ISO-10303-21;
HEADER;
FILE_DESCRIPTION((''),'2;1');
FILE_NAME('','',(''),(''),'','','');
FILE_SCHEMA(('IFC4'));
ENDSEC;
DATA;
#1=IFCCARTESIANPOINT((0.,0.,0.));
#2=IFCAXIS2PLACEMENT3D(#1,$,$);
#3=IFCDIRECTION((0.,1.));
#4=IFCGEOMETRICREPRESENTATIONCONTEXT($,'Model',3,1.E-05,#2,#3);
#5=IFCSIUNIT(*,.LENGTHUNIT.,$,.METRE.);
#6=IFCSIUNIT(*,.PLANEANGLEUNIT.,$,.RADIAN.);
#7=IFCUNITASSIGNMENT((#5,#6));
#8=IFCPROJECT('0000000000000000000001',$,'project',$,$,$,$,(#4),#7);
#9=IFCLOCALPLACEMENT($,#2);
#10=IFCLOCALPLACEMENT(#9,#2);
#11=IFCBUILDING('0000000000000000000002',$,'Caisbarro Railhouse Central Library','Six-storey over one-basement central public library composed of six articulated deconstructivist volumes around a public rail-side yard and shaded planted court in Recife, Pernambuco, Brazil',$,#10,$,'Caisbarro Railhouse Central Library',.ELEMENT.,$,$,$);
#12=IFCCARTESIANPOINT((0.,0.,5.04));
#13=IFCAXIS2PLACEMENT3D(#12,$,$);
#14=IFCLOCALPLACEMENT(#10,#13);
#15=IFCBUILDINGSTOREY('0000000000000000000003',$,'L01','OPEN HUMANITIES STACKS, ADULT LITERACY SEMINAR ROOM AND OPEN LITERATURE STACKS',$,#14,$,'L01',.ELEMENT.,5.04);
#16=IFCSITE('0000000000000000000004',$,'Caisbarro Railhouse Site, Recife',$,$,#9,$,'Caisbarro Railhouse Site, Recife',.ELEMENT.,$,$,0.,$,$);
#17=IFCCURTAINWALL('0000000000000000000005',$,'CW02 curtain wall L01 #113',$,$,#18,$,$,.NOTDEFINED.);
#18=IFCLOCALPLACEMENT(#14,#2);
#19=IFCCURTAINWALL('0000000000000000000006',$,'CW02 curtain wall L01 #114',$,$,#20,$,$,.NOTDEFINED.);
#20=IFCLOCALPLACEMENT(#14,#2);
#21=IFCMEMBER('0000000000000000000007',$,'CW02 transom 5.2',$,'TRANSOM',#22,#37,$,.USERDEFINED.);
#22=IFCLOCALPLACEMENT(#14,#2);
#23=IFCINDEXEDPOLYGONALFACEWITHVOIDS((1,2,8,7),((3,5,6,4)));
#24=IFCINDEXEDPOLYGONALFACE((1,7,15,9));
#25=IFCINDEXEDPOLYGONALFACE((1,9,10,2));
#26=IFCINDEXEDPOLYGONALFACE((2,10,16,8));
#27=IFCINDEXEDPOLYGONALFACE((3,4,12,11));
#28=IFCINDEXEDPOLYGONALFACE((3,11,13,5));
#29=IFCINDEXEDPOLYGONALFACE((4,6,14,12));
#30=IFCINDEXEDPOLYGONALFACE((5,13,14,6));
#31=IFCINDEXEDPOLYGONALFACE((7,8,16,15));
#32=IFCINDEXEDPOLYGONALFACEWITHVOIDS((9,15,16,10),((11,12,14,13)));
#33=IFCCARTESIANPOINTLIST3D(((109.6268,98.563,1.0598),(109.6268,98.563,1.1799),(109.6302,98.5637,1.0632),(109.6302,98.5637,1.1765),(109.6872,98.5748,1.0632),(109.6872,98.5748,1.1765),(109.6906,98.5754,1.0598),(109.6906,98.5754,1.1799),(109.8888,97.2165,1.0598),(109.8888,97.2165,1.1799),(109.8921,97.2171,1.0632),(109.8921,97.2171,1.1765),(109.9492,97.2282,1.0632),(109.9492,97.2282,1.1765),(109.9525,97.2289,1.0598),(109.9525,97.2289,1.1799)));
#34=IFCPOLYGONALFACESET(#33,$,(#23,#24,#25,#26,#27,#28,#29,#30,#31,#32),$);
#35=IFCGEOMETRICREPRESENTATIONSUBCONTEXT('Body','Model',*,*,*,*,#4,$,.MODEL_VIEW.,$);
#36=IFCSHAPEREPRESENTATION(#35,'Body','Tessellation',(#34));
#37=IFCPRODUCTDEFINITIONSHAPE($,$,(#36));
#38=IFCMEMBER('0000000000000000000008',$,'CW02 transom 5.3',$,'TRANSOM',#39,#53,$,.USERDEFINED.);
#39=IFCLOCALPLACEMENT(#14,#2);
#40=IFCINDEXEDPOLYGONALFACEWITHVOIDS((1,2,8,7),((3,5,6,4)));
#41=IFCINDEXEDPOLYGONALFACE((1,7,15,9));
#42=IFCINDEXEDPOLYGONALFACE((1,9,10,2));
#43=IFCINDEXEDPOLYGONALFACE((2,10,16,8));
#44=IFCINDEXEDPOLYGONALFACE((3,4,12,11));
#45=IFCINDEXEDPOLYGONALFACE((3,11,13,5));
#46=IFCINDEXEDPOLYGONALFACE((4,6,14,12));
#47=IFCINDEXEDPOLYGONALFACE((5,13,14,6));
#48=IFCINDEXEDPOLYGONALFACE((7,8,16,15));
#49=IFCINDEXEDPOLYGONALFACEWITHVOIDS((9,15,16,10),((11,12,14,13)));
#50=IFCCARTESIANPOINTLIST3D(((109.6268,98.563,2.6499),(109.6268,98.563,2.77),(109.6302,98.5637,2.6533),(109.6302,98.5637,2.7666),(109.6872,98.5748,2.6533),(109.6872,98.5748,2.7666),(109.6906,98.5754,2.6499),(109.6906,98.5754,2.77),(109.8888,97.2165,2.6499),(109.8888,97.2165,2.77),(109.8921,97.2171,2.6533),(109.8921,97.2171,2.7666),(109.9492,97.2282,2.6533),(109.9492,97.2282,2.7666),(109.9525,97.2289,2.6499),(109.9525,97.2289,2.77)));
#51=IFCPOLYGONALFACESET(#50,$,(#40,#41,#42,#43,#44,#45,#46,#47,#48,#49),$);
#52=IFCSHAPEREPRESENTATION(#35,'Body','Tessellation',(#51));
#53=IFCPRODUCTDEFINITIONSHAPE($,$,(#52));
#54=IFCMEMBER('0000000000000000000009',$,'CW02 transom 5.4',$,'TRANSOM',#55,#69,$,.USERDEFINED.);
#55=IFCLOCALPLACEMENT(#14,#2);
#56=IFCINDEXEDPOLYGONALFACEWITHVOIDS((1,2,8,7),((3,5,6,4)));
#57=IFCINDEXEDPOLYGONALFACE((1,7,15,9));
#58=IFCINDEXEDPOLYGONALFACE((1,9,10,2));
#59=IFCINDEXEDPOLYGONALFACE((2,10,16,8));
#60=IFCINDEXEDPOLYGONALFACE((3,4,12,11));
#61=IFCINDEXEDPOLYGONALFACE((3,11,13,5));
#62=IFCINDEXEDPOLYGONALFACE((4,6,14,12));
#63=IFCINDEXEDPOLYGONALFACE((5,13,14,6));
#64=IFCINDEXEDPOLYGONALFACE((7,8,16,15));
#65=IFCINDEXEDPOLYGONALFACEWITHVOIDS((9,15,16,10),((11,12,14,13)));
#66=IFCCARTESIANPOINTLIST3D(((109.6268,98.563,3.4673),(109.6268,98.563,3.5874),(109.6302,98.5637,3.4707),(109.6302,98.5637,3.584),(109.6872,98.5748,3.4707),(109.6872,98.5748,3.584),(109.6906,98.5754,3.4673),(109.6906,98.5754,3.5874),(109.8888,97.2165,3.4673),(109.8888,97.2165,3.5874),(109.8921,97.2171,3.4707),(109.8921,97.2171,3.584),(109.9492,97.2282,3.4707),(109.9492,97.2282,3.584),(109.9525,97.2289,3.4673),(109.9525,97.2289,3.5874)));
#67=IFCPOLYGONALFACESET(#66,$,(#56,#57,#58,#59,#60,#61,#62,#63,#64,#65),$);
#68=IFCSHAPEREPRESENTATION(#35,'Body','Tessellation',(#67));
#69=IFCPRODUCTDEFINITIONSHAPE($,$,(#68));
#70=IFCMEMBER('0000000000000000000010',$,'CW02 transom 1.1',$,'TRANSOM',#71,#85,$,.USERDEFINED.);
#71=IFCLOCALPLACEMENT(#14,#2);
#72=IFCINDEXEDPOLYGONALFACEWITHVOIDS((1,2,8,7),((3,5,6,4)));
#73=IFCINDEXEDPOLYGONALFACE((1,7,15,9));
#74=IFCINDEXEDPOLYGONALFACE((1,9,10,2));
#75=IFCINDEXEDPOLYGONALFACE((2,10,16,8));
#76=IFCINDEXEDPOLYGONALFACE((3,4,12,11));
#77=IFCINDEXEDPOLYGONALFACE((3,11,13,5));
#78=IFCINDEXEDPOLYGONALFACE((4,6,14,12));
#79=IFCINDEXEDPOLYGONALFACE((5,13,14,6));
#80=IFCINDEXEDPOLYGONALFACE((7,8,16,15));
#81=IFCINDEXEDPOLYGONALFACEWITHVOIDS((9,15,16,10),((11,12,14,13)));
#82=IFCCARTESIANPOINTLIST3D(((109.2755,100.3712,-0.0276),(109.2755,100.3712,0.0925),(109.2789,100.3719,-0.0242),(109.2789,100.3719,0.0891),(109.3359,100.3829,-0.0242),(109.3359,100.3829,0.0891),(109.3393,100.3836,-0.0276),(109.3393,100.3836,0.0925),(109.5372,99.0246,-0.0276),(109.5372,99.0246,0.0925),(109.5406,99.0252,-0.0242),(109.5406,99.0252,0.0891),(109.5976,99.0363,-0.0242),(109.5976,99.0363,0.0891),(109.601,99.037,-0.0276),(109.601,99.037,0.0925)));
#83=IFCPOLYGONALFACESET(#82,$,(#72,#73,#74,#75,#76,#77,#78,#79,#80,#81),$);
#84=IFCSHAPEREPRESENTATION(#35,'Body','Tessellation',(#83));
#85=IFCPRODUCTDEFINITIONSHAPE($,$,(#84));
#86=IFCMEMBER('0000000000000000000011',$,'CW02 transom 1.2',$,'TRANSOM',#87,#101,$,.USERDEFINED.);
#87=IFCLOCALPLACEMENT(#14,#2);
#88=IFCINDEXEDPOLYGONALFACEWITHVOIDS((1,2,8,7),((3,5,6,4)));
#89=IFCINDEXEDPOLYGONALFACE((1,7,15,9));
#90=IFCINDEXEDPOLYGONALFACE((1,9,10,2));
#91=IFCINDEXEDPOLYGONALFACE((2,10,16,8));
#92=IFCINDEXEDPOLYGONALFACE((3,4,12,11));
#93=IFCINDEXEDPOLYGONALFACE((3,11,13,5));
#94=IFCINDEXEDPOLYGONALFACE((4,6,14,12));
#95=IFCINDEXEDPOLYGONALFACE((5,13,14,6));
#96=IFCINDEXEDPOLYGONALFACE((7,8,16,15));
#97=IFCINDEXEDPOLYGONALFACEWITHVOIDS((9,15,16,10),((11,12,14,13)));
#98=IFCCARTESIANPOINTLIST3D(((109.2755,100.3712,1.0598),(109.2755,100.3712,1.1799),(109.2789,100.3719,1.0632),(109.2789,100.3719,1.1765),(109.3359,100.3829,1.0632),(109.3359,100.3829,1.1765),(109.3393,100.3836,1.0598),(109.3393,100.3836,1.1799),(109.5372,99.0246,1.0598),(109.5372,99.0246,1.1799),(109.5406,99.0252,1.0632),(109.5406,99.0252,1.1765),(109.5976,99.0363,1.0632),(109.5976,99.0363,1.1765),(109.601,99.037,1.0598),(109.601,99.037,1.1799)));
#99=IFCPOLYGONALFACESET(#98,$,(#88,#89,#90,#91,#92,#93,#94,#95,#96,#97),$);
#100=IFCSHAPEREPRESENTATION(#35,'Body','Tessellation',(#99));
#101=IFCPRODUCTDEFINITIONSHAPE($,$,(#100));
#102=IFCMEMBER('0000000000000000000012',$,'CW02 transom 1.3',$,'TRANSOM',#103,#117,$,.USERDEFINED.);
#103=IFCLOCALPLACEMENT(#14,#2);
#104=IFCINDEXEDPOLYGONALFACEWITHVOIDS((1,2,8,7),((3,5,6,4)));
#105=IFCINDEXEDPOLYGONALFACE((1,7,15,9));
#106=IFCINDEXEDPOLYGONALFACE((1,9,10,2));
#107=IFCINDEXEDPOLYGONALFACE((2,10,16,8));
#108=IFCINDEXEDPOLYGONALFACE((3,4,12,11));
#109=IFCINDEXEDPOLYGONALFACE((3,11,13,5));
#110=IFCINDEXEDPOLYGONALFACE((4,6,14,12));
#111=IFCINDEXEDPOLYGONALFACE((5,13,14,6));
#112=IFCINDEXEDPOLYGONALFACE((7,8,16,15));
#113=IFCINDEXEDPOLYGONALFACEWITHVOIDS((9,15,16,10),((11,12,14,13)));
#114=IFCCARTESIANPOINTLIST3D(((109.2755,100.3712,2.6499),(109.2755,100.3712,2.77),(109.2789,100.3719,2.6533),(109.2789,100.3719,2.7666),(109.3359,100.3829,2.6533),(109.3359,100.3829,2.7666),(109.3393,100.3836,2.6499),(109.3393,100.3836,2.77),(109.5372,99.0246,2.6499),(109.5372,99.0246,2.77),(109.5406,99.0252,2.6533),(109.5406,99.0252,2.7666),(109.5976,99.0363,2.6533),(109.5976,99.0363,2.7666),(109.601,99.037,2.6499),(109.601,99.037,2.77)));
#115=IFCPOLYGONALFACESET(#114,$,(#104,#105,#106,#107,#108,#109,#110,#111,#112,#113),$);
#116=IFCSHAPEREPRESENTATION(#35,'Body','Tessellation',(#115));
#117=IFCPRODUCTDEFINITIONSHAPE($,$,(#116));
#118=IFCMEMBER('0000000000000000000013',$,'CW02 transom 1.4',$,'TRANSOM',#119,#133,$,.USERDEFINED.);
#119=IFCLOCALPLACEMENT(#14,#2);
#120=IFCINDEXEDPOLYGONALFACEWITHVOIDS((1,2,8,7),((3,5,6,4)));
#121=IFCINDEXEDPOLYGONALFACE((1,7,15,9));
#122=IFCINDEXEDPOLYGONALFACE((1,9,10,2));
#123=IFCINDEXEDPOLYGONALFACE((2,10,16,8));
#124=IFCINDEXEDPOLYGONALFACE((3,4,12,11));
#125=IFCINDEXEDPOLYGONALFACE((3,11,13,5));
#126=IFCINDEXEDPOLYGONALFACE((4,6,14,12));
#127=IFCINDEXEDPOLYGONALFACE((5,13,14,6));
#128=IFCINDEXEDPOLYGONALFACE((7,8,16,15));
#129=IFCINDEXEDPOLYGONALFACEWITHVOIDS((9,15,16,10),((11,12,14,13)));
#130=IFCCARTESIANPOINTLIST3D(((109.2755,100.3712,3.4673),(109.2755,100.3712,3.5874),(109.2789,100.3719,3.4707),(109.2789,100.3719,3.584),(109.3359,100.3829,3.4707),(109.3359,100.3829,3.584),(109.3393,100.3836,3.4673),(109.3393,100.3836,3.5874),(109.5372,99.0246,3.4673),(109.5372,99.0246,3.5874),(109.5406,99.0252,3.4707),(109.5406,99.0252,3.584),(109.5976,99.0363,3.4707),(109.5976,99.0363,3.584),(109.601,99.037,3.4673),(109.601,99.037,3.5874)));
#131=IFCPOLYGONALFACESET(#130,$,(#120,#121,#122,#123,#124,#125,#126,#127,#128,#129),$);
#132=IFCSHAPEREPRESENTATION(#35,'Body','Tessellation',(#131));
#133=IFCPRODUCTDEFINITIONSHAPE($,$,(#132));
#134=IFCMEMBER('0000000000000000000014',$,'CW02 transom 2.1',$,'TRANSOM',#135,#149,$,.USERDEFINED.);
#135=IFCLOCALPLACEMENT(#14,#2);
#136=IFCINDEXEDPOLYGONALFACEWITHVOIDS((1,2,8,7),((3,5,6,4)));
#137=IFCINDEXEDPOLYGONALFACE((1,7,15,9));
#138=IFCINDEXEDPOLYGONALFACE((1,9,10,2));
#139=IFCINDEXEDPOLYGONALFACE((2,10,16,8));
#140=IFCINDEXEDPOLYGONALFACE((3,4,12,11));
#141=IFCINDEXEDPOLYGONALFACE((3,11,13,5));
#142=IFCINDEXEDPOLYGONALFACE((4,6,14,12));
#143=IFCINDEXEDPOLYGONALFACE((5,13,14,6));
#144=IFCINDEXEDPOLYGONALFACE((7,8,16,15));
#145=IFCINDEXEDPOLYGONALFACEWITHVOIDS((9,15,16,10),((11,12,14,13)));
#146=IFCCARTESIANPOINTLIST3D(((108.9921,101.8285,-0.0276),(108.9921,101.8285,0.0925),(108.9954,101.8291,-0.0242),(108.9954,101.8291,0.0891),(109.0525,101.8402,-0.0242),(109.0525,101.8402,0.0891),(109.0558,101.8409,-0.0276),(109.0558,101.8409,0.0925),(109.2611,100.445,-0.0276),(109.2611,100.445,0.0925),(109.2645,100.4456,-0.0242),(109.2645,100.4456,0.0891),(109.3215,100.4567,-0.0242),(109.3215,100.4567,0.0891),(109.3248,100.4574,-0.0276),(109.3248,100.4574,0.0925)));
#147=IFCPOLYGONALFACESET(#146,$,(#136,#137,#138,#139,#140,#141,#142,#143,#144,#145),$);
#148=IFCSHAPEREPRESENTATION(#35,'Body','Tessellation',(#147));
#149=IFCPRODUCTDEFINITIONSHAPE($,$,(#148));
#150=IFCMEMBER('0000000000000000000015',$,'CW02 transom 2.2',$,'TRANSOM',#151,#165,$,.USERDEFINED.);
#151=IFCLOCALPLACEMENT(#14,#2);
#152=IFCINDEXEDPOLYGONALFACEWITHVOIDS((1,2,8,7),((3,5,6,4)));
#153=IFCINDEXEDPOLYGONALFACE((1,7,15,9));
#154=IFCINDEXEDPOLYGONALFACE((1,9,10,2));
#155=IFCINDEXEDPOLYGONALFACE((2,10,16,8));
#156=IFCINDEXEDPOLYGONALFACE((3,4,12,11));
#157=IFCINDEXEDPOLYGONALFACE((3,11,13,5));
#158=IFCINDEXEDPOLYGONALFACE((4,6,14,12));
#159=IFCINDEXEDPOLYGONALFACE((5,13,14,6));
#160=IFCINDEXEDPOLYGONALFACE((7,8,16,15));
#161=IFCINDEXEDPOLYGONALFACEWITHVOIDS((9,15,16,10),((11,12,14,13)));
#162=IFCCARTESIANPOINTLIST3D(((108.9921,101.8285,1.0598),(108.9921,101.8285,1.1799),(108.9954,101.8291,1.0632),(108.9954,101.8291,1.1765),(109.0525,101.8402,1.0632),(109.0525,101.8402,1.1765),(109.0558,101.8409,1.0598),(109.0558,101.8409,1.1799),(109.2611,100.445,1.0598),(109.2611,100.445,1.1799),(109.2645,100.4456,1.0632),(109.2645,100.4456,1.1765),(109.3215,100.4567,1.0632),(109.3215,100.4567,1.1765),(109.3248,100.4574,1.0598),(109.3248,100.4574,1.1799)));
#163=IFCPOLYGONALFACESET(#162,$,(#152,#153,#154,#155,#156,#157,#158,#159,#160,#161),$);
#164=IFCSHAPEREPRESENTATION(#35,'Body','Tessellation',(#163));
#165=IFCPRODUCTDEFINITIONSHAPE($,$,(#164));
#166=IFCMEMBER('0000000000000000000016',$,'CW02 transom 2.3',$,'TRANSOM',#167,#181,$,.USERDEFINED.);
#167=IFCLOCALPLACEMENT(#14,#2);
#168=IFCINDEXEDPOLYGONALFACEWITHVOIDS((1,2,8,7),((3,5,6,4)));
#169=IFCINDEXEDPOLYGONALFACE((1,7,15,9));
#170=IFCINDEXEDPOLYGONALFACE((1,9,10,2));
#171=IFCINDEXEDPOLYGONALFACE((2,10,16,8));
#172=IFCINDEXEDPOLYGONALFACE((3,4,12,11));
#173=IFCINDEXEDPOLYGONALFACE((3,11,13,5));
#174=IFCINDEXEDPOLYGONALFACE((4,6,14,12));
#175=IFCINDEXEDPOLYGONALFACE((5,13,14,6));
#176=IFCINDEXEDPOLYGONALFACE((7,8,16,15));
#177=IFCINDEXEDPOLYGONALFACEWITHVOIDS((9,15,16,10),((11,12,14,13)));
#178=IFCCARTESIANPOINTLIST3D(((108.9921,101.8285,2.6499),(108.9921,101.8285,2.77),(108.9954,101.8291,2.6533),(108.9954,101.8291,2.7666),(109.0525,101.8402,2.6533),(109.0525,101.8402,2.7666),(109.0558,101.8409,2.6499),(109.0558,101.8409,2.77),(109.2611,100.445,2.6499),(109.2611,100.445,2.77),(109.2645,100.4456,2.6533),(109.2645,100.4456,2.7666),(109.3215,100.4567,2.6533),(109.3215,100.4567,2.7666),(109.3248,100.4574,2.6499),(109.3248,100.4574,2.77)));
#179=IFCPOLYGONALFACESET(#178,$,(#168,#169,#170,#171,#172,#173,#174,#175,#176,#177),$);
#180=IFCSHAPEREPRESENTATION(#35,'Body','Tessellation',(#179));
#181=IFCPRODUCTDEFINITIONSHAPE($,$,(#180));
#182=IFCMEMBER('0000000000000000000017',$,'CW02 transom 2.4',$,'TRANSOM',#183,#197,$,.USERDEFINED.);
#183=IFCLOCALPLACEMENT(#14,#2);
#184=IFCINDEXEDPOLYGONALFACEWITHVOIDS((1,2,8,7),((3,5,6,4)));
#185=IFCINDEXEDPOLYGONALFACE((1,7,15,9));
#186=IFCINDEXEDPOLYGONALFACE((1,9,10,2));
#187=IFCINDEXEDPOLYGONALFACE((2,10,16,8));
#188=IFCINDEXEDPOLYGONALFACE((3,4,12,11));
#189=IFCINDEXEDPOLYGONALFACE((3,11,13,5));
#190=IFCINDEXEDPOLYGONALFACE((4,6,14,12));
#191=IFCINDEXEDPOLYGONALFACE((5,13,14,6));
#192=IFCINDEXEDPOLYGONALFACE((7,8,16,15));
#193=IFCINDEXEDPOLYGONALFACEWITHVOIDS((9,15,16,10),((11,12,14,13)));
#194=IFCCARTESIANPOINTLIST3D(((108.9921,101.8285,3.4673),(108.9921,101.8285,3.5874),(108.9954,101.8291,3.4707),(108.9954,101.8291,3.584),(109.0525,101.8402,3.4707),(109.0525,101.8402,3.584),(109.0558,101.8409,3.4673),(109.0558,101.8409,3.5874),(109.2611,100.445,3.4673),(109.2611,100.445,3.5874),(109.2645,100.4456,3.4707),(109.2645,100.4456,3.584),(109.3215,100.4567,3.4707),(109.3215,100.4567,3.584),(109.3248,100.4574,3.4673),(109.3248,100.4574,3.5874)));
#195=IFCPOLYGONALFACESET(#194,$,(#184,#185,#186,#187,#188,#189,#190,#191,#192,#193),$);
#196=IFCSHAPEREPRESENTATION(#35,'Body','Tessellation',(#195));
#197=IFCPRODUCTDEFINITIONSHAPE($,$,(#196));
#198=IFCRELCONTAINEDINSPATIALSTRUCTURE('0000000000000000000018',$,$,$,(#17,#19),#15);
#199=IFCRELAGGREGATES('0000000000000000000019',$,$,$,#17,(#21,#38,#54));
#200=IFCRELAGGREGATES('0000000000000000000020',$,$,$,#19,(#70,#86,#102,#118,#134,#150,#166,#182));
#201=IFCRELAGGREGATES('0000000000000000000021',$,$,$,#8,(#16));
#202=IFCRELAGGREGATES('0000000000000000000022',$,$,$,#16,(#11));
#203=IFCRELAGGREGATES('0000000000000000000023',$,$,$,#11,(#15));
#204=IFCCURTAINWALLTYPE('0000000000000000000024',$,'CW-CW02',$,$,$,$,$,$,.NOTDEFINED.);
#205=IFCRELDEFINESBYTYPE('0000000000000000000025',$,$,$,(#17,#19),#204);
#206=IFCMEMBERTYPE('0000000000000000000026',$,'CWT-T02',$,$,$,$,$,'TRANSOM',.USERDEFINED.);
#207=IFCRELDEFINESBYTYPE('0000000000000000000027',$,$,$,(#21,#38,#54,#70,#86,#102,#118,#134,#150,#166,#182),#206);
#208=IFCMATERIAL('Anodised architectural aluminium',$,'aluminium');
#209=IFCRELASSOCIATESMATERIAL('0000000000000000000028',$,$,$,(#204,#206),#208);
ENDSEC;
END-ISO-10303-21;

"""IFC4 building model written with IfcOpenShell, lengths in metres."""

from ifc_helpers import new_model, si_unit, direction, frame, origin, origin_2d, place, context, subcontext, project, spatial, hollow_rectangle, extrude, material, material_profile, profile_set, type_object, element, aggregate, save


model = new_model("IFC4")

# Units and contexts
model_context = context("Model", 3, precision=1e-05, world=origin(), true_north=direction((0.0, 1.0)))
body_context = subcontext(model_context, "Body", "Model", "MODEL_VIEW")
ifc_project = project(units=[si_unit("LENGTHUNIT", "METRE"), si_unit("PLANEANGLEUNIT", "RADIAN")], contexts=[model_context])

# Site, building, storey
site_placement = place(None, origin())
site = spatial("IfcSite", under=ifc_project, at=site_placement, Name="Caisbarro Railhouse Site, Recife", LongName="Caisbarro Railhouse Site, Recife", CompositionType="ELEMENT", RefElevation=0.0)
building_placement = place(site_placement, origin())
building = spatial("IfcBuilding", under=site, at=building_placement, Name="Caisbarro Railhouse Central Library", Description="Six-storey over one-basement central public library composed of six articulated deconstructivist volumes around a public rail-side yard and shaded planted court in Recife, Pernambuco, Brazil", LongName="Caisbarro Railhouse Central Library", CompositionType="ELEMENT")
storey_placement = place(building_placement, frame((0.0, 0.0, 5.04)))
storey = spatial("IfcBuildingStorey", under=building, at=storey_placement, Name="L01", Description="OPEN HUMANITIES STACKS, ADULT LITERACY SEMINAR ROOM AND OPEN LITERATURE STACKS", LongName="L01", CompositionType="ELEMENT", Elevation=5.04)

# Curtain walls
ifc_material_1 = material(Name="Anodised architectural aluminium", Category="aluminium")
curtain_wall_type = type_object("IfcCurtainWallType", Name="CW-CW02", PredefinedType="NOTDEFINED", material=ifc_material_1)
curtain_wall_1_placement = place(storey_placement, origin())
curtain_wall_1 = element("IfcCurtainWall", 1, at=curtain_wall_1_placement, inside=storey, type_object=curtain_wall_type, Name="CW02 curtain wall L01 #113", PredefinedType="NOTDEFINED")
curtain_wall_2_placement = place(storey_placement, origin())
curtain_wall_2 = element("IfcCurtainWall", 2, at=curtain_wall_2_placement, inside=storey, type_object=curtain_wall_type, Name="CW02 curtain wall L01 #114", PredefinedType="NOTDEFINED")

# Members
ifc_material_profile_1 = material_profile(ifc_material_1, hollow_rectangle(XDim=0.0649, YDim=0.1201, WallThickness=0.0034, at=origin_2d()), Name="ALU-TRN-65X120")
ifc_profile_set_1 = profile_set([ifc_material_profile_1], Name="Anodised architectural aluminium")
member_type_1 = type_object("IfcMemberType", Name="CWT-T02", ElementType="TRANSOM", PredefinedType="USERDEFINED", material=ifc_profile_set_1)
member_1_placement = place(storey_placement, frame((109.9207, 97.2227, 1.1199), z_axis=(-0.190946, 0.981601, 0.0), x_axis=(-0.981601, -0.190946, 0.0)))
member_1 = element("IfcMember", 3, at=member_1_placement, type_object=member_type_1, Name="CW02 transom 5.2", ObjectType="TRANSOM", PredefinedType="USERDEFINED", context=body_context, shape_type="SweptSolid", body=[
    extrude(hollow_rectangle(XDim=0.0649, YDim=0.1201, WallThickness=0.0034, at=origin_2d()), origin(), (0.0, 0.0, 1.0), 1.3718),
])
member_2_placement = place(storey_placement, frame((109.9207, 97.2227, 2.71), z_axis=(-0.190946, 0.981601, 0.0), x_axis=(-0.981601, -0.190946, 0.0)))
member_2 = element("IfcMember", 4, at=member_2_placement, type_object=member_type_1, Name="CW02 transom 5.3", ObjectType="TRANSOM", PredefinedType="USERDEFINED", context=body_context, shape_type="SweptSolid", body=[
    extrude(hollow_rectangle(XDim=0.0649, YDim=0.1201, WallThickness=0.0034, at=origin_2d()), origin(), (0.0, 0.0, 1.0), 1.3718),
])
member_3_placement = place(storey_placement, frame((109.9207, 97.2227, 3.5273), z_axis=(-0.190946, 0.981601, 0.0), x_axis=(-0.981601, -0.190946, 0.0)))
member_3 = element("IfcMember", 5, at=member_3_placement, type_object=member_type_1, Name="CW02 transom 5.4", ObjectType="TRANSOM", PredefinedType="USERDEFINED", context=body_context, shape_type="SweptSolid", body=[
    extrude(hollow_rectangle(XDim=0.0649, YDim=0.1201, WallThickness=0.0034, at=origin_2d()), origin(), (0.0, 0.0, 1.0), 1.3718),
])
member_4_placement = place(storey_placement, frame((109.5691, 99.0308, 0.0325), z_axis=(-0.190774, 0.981634, 0.0), x_axis=(-0.981634, -0.190774, 0.0)))
member_4 = element("IfcMember", 6, at=member_4_placement, type_object=member_type_1, Name="CW02 transom 1.1", ObjectType="TRANSOM", PredefinedType="USERDEFINED", context=body_context, shape_type="SweptSolid", body=[
    extrude(hollow_rectangle(XDim=0.0649, YDim=0.1201, WallThickness=0.0034, at=origin_2d()), origin(), (0.0, 0.0, 1.0), 1.3718),
])
member_5_placement = place(storey_placement, frame((109.5691, 99.0308, 1.1199), z_axis=(-0.190774, 0.981634, 0.0), x_axis=(-0.981634, -0.190774, 0.0)))
member_5 = element("IfcMember", 7, at=member_5_placement, type_object=member_type_1, Name="CW02 transom 1.2", ObjectType="TRANSOM", PredefinedType="USERDEFINED", context=body_context, shape_type="SweptSolid", body=[
    extrude(hollow_rectangle(XDim=0.0649, YDim=0.1201, WallThickness=0.0034, at=origin_2d()), origin(), (0.0, 0.0, 1.0), 1.3718),
])
member_6_placement = place(storey_placement, frame((109.5691, 99.0308, 2.71), z_axis=(-0.190774, 0.981634, 0.0), x_axis=(-0.981634, -0.190774, 0.0)))
member_6 = element("IfcMember", 8, at=member_6_placement, type_object=member_type_1, Name="CW02 transom 1.3", ObjectType="TRANSOM", PredefinedType="USERDEFINED", context=body_context, shape_type="SweptSolid", body=[
    extrude(hollow_rectangle(XDim=0.0649, YDim=0.1201, WallThickness=0.0034, at=origin_2d()), origin(), (0.0, 0.0, 1.0), 1.3718),
])
member_7_placement = place(storey_placement, frame((109.5691, 99.0308, 3.5273), z_axis=(-0.190774, 0.981634, 0.0), x_axis=(-0.981634, -0.190774, 0.0)))
member_7 = element("IfcMember", 9, at=member_7_placement, type_object=member_type_1, Name="CW02 transom 1.4", ObjectType="TRANSOM", PredefinedType="USERDEFINED", context=body_context, shape_type="SweptSolid", body=[
    extrude(hollow_rectangle(XDim=0.0649, YDim=0.1201, WallThickness=0.0034, at=origin_2d()), origin(), (0.0, 0.0, 1.0), 1.3718),
])
member_8_placement = place(storey_placement, frame((109.293, 100.4512, 0.0325), z_axis=(-0.190884, 0.981613, 0.0), x_axis=(-0.981613, -0.190884, 0.0)))
member_8 = element("IfcMember", 10, at=member_8_placement, type_object=member_type_1, Name="CW02 transom 2.1", ObjectType="TRANSOM", PredefinedType="USERDEFINED", context=body_context, shape_type="SweptSolid", body=[
    extrude(hollow_rectangle(XDim=0.0649, YDim=0.1201, WallThickness=0.0034, at=origin_2d()), origin(), (0.0, 0.0, 1.0), 1.4094),
])
member_9_placement = place(storey_placement, frame((109.293, 100.4512, 1.1199), z_axis=(-0.190884, 0.981613, 0.0), x_axis=(-0.981613, -0.190884, 0.0)))
member_9 = element("IfcMember", 11, at=member_9_placement, type_object=member_type_1, Name="CW02 transom 2.2", ObjectType="TRANSOM", PredefinedType="USERDEFINED", context=body_context, shape_type="SweptSolid", body=[
    extrude(hollow_rectangle(XDim=0.0649, YDim=0.1201, WallThickness=0.0034, at=origin_2d()), origin(), (0.0, 0.0, 1.0), 1.4094),
])
member_10_placement = place(storey_placement, frame((109.293, 100.4512, 2.71), z_axis=(-0.190884, 0.981613, 0.0), x_axis=(-0.981613, -0.190884, 0.0)))
member_10 = element("IfcMember", 12, at=member_10_placement, type_object=member_type_1, Name="CW02 transom 2.3", ObjectType="TRANSOM", PredefinedType="USERDEFINED", context=body_context, shape_type="SweptSolid", body=[
    extrude(hollow_rectangle(XDim=0.0649, YDim=0.1201, WallThickness=0.0034, at=origin_2d()), origin(), (0.0, 0.0, 1.0), 1.4094),
])
member_11_placement = place(storey_placement, frame((109.293, 100.4512, 3.5273), z_axis=(-0.190884, 0.981613, 0.0), x_axis=(-0.981613, -0.190884, 0.0)))
member_11 = element("IfcMember", 13, at=member_11_placement, type_object=member_type_1, Name="CW02 transom 2.4", ObjectType="TRANSOM", PredefinedType="USERDEFINED", context=body_context, shape_type="SweptSolid", body=[
    extrude(hollow_rectangle(XDim=0.0649, YDim=0.1201, WallThickness=0.0034, at=origin_2d()), origin(), (0.0, 0.0, 1.0), 1.4094),
])

aggregate(curtain_wall_1, [member_1, member_2, member_3])
aggregate(curtain_wall_2, [member_4, member_5, member_6, member_7, member_8, member_9, member_10, member_11])

save(model, "model.ifc")
